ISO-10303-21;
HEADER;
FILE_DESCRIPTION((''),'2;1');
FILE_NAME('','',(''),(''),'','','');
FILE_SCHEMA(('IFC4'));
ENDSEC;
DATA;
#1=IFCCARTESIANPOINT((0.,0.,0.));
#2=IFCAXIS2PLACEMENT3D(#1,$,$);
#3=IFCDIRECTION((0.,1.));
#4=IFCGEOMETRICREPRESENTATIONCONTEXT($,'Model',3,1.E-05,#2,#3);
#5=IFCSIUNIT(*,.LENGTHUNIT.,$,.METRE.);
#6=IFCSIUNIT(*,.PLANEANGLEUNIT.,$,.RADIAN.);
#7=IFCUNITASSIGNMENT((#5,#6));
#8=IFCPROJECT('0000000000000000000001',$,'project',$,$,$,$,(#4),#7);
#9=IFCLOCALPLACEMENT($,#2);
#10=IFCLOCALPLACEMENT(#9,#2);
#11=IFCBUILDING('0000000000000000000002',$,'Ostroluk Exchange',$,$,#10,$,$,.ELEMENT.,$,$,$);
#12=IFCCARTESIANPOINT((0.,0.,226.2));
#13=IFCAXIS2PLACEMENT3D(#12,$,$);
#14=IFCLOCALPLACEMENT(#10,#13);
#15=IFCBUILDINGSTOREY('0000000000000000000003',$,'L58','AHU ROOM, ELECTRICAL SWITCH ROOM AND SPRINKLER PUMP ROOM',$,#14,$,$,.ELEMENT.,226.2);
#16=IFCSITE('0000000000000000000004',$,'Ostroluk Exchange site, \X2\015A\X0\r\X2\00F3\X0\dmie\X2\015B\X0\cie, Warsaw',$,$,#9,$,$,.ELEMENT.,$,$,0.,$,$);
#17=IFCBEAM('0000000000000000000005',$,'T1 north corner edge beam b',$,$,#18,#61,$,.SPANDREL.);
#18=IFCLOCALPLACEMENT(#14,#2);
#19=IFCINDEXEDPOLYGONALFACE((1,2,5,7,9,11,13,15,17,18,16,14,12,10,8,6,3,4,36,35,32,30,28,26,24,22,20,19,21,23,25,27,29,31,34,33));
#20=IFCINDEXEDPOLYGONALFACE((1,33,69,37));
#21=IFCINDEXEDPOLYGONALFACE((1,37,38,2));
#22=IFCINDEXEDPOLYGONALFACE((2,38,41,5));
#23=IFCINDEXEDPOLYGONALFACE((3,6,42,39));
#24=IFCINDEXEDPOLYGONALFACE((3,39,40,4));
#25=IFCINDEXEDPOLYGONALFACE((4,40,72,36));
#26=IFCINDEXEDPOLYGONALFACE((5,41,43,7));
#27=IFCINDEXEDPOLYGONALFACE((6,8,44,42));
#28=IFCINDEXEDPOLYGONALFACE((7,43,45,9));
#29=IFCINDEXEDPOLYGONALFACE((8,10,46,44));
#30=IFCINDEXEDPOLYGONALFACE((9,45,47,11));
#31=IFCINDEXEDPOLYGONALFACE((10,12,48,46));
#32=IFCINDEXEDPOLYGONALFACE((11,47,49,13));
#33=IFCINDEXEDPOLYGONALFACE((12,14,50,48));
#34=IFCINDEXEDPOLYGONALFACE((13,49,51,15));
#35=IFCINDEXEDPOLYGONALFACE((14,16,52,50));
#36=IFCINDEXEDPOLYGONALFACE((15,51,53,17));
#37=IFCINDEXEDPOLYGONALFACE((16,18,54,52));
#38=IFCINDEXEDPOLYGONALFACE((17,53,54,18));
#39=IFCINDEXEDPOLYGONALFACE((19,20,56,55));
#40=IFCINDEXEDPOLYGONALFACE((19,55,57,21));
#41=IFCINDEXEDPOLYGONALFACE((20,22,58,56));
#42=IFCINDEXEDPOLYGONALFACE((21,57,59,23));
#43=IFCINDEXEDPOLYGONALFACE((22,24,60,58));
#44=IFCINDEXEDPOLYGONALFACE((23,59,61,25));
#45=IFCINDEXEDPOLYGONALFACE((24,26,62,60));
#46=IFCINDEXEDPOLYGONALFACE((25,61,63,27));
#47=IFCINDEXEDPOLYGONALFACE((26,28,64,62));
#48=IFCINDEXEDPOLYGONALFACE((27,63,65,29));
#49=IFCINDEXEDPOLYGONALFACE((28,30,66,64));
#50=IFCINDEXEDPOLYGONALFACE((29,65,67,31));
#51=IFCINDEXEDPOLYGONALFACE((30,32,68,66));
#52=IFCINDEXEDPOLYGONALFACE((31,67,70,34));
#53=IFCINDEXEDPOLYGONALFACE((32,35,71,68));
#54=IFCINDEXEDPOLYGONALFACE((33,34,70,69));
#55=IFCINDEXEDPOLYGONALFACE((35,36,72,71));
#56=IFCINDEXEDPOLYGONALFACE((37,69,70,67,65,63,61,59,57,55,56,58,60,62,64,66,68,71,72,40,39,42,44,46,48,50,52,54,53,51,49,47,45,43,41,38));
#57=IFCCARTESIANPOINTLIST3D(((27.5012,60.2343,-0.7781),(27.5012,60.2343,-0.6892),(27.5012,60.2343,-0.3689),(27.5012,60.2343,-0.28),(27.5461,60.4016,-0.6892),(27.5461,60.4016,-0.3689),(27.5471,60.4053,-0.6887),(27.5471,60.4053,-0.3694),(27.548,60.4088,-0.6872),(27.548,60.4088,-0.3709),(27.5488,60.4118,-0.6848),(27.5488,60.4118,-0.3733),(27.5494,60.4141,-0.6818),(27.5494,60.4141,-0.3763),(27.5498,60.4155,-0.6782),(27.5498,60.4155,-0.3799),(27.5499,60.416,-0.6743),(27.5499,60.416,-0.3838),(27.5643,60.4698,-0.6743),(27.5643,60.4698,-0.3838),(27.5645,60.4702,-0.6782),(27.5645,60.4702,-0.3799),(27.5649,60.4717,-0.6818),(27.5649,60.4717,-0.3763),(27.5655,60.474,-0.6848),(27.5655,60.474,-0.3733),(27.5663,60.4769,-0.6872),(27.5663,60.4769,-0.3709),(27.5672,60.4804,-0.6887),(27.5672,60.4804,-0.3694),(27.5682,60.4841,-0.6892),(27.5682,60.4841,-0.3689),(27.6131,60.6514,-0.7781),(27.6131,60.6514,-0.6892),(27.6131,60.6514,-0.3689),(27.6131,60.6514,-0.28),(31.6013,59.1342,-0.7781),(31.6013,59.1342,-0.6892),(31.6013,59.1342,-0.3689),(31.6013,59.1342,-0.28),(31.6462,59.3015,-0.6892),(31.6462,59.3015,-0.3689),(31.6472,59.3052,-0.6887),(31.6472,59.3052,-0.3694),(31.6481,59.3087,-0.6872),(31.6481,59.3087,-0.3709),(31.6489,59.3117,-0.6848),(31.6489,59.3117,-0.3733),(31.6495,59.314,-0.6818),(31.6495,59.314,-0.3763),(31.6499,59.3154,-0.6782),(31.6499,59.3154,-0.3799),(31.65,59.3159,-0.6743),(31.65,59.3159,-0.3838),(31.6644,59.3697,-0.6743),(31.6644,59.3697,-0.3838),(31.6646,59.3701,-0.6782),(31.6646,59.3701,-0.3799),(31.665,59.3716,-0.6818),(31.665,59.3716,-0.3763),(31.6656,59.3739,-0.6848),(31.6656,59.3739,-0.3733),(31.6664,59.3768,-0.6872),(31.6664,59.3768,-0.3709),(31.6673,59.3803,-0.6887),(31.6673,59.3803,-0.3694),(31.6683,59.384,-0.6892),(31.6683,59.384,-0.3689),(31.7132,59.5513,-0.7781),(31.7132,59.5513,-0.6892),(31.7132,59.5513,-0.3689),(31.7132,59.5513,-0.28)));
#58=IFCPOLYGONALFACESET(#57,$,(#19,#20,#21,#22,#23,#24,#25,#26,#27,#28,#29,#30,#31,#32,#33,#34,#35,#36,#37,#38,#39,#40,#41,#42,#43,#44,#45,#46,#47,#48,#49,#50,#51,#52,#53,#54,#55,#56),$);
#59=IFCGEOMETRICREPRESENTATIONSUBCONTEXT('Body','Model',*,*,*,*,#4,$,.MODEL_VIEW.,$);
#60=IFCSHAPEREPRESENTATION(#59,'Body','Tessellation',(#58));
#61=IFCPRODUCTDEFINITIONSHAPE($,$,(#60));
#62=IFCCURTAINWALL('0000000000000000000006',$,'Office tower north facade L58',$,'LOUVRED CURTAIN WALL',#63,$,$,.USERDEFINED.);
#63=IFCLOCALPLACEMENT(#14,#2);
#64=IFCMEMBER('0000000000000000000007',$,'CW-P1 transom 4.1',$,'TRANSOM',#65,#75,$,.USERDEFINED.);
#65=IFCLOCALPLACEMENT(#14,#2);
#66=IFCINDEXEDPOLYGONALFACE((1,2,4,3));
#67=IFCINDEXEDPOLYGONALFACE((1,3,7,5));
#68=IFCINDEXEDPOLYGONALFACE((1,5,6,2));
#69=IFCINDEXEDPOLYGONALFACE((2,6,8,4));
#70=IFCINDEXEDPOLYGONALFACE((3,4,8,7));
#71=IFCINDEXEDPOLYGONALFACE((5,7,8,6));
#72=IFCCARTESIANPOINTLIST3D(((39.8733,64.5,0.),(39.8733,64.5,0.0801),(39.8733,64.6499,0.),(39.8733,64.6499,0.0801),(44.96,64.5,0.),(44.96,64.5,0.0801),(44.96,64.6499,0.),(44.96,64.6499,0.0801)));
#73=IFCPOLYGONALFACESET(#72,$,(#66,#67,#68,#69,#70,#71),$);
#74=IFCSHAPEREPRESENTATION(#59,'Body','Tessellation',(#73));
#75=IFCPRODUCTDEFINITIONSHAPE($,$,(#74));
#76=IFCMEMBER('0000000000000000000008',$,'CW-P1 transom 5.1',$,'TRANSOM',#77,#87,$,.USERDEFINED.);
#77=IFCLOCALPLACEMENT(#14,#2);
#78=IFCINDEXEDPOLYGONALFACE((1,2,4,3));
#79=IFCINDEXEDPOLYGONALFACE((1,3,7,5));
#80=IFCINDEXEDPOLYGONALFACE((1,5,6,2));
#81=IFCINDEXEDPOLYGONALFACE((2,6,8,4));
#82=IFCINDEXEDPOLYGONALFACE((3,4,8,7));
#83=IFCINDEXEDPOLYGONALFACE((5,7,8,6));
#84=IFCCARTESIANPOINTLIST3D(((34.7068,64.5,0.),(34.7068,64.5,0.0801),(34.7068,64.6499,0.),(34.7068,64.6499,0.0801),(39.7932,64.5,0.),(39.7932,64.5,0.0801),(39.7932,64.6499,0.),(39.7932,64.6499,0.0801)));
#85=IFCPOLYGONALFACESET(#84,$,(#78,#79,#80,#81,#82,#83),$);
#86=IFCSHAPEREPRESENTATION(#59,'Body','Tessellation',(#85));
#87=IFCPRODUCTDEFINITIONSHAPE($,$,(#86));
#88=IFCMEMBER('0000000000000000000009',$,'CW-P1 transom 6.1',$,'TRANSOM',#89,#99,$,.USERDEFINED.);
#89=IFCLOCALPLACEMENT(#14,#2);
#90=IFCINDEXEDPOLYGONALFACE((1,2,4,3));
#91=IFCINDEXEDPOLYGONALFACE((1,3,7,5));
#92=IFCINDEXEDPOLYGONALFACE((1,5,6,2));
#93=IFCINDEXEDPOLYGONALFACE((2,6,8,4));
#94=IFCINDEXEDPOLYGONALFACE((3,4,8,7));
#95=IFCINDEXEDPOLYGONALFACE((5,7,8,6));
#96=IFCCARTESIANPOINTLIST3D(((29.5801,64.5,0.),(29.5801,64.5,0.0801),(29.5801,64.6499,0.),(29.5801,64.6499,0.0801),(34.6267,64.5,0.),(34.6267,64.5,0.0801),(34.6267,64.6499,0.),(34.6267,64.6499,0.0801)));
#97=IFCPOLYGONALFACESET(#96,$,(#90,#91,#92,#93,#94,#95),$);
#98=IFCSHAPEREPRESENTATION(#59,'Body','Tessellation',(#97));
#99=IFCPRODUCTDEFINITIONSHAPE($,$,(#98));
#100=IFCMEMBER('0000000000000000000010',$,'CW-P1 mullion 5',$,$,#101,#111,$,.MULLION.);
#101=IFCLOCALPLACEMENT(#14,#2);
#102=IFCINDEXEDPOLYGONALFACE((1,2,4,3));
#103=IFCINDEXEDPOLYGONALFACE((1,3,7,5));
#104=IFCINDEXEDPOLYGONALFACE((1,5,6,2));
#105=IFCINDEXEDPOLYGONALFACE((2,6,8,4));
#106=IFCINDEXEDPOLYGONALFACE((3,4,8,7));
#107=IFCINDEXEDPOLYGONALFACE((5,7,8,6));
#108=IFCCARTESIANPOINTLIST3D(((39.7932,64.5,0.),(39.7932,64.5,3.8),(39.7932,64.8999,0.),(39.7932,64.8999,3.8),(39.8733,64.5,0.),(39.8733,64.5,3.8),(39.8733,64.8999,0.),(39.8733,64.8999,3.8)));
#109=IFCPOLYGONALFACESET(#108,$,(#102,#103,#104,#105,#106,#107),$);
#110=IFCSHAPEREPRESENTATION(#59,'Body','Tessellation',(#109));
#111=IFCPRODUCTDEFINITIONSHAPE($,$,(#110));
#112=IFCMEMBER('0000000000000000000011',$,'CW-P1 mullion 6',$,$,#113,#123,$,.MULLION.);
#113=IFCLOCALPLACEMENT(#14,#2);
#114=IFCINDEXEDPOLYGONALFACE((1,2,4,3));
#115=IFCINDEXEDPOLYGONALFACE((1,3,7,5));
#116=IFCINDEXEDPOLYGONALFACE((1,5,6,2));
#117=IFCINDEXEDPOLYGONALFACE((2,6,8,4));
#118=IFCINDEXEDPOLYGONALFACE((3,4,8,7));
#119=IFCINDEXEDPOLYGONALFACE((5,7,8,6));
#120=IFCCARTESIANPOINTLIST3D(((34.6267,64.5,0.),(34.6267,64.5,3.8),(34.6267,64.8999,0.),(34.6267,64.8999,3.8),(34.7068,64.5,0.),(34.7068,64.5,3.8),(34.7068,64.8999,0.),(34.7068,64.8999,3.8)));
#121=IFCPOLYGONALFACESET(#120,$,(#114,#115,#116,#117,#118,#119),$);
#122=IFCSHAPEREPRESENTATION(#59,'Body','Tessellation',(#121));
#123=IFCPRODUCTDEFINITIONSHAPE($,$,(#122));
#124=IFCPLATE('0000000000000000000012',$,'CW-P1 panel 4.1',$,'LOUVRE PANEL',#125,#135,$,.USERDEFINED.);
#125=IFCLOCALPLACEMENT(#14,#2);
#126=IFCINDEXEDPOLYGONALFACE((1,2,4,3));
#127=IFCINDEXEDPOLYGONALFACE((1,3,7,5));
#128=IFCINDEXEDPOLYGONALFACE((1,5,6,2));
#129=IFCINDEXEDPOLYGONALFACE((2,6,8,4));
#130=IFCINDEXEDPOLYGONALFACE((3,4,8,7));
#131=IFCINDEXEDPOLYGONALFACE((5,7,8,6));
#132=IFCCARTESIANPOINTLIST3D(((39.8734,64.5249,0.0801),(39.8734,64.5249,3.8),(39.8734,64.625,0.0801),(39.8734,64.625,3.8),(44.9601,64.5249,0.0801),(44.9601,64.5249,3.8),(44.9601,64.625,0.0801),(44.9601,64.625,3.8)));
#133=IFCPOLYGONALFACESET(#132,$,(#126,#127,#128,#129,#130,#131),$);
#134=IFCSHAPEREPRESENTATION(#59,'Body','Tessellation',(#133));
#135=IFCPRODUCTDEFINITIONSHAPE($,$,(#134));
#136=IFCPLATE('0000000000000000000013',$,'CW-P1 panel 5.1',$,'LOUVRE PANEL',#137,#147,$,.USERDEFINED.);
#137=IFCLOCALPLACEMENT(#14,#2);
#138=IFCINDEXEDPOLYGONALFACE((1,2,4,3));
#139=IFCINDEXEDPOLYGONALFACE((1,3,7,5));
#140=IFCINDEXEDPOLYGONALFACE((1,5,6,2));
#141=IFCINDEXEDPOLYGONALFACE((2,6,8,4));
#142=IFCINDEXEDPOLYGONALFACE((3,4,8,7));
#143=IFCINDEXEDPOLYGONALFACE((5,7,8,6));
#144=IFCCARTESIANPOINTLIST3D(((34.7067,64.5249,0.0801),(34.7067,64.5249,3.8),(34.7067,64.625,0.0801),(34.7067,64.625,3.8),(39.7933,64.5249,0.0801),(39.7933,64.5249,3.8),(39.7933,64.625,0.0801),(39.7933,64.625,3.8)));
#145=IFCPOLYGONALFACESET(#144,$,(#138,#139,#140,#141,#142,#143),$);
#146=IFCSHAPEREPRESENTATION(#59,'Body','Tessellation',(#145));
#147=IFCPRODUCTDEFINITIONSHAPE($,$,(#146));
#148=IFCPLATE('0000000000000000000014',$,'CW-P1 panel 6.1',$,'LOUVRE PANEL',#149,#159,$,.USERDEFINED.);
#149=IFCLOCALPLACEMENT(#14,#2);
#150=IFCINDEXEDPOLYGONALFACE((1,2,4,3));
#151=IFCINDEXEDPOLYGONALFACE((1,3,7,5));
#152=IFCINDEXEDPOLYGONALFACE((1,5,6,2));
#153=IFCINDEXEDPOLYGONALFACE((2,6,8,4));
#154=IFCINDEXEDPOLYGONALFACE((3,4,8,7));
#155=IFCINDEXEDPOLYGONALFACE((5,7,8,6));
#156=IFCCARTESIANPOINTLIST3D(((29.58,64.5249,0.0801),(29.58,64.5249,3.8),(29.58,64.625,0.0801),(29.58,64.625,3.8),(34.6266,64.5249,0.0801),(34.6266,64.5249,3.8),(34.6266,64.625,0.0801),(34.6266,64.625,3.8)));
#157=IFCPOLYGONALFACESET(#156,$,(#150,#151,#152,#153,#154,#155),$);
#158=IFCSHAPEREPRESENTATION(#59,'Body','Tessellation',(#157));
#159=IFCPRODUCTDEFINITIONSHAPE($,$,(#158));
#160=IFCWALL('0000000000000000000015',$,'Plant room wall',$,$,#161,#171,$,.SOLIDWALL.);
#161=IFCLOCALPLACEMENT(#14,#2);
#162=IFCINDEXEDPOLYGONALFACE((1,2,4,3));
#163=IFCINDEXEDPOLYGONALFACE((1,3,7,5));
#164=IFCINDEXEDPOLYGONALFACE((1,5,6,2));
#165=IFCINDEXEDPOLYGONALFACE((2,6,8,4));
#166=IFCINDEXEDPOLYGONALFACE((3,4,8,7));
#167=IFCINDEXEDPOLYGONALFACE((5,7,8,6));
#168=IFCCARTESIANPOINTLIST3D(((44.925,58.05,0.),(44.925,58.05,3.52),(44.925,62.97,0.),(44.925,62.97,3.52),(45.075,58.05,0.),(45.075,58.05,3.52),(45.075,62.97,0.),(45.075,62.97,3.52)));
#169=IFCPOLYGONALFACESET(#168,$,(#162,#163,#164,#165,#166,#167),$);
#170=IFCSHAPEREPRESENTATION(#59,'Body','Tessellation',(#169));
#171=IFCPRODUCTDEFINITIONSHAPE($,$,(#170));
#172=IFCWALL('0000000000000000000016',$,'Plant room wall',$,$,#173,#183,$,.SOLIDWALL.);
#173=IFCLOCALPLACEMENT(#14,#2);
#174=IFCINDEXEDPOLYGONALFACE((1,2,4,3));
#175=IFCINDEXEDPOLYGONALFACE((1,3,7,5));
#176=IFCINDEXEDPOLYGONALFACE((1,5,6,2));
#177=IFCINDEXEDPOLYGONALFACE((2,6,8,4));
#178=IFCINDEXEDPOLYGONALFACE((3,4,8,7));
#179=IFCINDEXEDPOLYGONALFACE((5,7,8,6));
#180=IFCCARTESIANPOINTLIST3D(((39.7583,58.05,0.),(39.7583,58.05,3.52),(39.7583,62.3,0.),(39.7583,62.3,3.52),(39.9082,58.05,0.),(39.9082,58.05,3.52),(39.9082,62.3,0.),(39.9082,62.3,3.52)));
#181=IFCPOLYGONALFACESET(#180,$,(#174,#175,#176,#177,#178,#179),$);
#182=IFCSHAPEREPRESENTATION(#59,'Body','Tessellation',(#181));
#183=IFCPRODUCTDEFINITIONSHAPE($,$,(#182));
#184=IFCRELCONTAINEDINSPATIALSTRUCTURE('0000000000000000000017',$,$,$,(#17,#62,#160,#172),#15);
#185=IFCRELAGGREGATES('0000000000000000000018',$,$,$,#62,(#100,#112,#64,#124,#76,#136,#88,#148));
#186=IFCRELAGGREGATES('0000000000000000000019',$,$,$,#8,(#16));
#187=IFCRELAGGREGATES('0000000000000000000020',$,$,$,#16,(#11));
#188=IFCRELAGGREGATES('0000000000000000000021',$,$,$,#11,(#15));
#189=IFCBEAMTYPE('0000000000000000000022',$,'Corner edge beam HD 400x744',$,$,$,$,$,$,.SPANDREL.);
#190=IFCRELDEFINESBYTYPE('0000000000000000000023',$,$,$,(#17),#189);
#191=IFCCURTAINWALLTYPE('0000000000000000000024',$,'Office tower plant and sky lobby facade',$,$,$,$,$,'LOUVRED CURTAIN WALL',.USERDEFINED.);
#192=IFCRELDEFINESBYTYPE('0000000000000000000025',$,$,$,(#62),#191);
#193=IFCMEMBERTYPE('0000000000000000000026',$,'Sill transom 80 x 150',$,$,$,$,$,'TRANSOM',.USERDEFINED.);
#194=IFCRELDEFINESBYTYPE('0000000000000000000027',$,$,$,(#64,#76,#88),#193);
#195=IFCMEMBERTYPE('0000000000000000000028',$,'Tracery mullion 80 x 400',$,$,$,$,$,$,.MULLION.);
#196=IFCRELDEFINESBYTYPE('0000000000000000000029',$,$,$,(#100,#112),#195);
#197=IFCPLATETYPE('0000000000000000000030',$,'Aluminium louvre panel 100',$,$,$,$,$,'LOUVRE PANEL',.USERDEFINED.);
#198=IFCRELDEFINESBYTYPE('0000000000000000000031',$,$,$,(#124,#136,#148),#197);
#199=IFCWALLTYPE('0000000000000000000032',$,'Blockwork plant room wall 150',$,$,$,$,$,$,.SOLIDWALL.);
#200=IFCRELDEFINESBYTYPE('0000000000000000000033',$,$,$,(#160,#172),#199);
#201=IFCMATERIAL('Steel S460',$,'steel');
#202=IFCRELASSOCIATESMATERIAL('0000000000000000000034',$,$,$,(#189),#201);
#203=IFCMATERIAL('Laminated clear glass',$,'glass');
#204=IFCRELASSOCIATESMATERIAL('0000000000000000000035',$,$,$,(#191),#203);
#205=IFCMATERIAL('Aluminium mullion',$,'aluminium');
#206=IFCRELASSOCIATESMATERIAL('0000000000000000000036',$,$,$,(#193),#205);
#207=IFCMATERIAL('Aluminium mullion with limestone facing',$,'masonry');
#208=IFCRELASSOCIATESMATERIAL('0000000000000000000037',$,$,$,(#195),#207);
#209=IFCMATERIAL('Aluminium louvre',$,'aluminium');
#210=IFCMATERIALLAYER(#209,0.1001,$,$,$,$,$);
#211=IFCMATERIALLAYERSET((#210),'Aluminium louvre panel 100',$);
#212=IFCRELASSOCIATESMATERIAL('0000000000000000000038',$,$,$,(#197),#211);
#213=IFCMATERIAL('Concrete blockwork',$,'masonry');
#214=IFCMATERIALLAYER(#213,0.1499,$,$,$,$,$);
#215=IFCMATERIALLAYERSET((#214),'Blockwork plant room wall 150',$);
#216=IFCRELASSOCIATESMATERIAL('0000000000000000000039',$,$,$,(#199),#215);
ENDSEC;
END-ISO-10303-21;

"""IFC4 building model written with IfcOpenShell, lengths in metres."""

from ifc_helpers import new_model, si_unit, direction, frame, frame_2d, origin, origin_2d, place, context, subcontext, project, spatial, rectangle, i_section, extrude, material, layer, layer_set, material_profile, profile_set, type_object, element, aggregate, save


model = new_model("IFC4")

# Units and contexts
model_context = context("Model", 3, precision=1e-05, world=origin(), true_north=direction((0.0, 1.0)))
body_context = subcontext(model_context, "Body", "Model", "MODEL_VIEW")
ifc_project = project(units=[si_unit("LENGTHUNIT", "METRE"), si_unit("PLANEANGLEUNIT", "RADIAN")], contexts=[model_context])

# Site, building, storey
site_placement = place(None, origin())
site = spatial("IfcSite", under=ifc_project, at=site_placement, Name="Ostroluk Exchange site, Śródmieście, Warsaw", CompositionType="ELEMENT", RefElevation=0.0)
building_placement = place(site_placement, origin())
building = spatial("IfcBuilding", under=site, at=building_placement, Name="Ostroluk Exchange", CompositionType="ELEMENT")
storey_placement = place(building_placement, frame((0.0, 0.0, 226.2)))
storey = spatial("IfcBuildingStorey", under=building, at=storey_placement, Name="L58", Description="AHU ROOM, ELECTRICAL SWITCH ROOM AND SPRINKLER PUMP ROOM", CompositionType="ELEMENT", Elevation=226.2)

# Beam
ifc_material_1 = material(Name="Steel S460", Category="steel")
ifc_material_profile_1 = material_profile(ifc_material_1, i_section(OverallWidth=0.4319, OverallDepth=0.498, WebThickness=0.0557, FlangeThickness=0.0889, FilletRadius=0.0149, at=origin_2d()), Name="HD 400x744")
ifc_profile_set_1 = profile_set([ifc_material_profile_1], Name="Steel S460")
beam_type_1 = type_object("IfcBeamType", Name="Corner edge beam HD 400x744", PredefinedType="SPANDREL", material=ifc_profile_set_1)
for number, where, z_axis, x_axis, name in (
    (1, (31.6572, 59.3428, -0.5291), (-0.965839, 0.259144, 0.0), (-0.259144, -0.965839, 0.0), "T1 north corner edge beam b"),
):
    element("IfcBeam", number, at=place(storey_placement, frame(where, z_axis=z_axis, x_axis=x_axis)), inside=storey, type_object=beam_type_1, Name=name, PredefinedType="SPANDREL", context=body_context, shape_type="SweptSolid", body=[
        extrude(i_section(OverallWidth=0.4319, OverallDepth=0.498, WebThickness=0.0557, FlangeThickness=0.0889, FilletRadius=0.0149, at=origin_2d()), origin(), (0.0, 0.0, 1.0), 4.2451),
    ])

# Curtain wall, members, plates
ifc_material_2 = material(Name="Laminated clear glass", Category="glass")
curtain_wall_type = type_object("IfcCurtainWallType", Name="Office tower plant and sky lobby facade", ElementType="LOUVRED CURTAIN WALL", PredefinedType="USERDEFINED", material=ifc_material_2)
curtain_wall_placement = place(storey_placement, origin())
curtain_wall = element("IfcCurtainWall", 2, at=curtain_wall_placement, inside=storey, type_object=curtain_wall_type, Name="Office tower north facade L58", ObjectType="LOUVRED CURTAIN WALL", PredefinedType="USERDEFINED")
ifc_material_3 = material(Name="Aluminium mullion", Category="aluminium")
ifc_material_profile_2 = material_profile(ifc_material_3, rectangle(XDim=0.1499, YDim=0.0801, at=origin_2d()), Name="Sill transom 80 x 150")
ifc_profile_set_2 = profile_set([ifc_material_profile_2], Name="Aluminium mullion")
member_type_1 = type_object("IfcMemberType", Name="Sill transom 80 x 150", ElementType="TRANSOM", PredefinedType="USERDEFINED", material=ifc_profile_set_2)
member_1_placement = place(storey_placement, frame((44.96, 64.575, 0.04), z_axis=(-1.0, 0.0, 0.0), x_axis=(0.0, -1.0, 0.0)))
member_1 = element("IfcMember", 3, at=member_1_placement, type_object=member_type_1, Name="CW-P1 transom 4.1", ObjectType="TRANSOM", PredefinedType="USERDEFINED", context=body_context, shape_type="SweptSolid", body=[
    extrude(rectangle(XDim=0.1499, YDim=0.0801, at=origin_2d()), origin(), (0.0, 0.0, 1.0), 5.0867),
])
member_2_placement = place(storey_placement, frame((39.7932, 64.575, 0.04), z_axis=(-1.0, 0.0, 0.0), x_axis=(0.0, -1.0, 0.0)))
member_2 = element("IfcMember", 4, at=member_2_placement, type_object=member_type_1, Name="CW-P1 transom 5.1", ObjectType="TRANSOM", PredefinedType="USERDEFINED", context=body_context, shape_type="SweptSolid", body=[
    extrude(rectangle(XDim=0.1499, YDim=0.0801, at=origin_2d()), origin(), (0.0, 0.0, 1.0), 5.0864),
])
member_3_placement = place(storey_placement, frame((34.6267, 64.575, 0.04), z_axis=(-1.0, 0.0, 0.0), x_axis=(0.0, -1.0, 0.0)))
member_3 = element("IfcMember", 5, at=member_3_placement, type_object=member_type_1, Name="CW-P1 transom 6.1", ObjectType="TRANSOM", PredefinedType="USERDEFINED", context=body_context, shape_type="SweptSolid", body=[
    extrude(rectangle(XDim=0.1499, YDim=0.0801, at=origin_2d()), origin(), (0.0, 0.0, 1.0), 5.0466),
])
ifc_material_4 = material(Name="Aluminium mullion with limestone facing", Category="masonry")
ifc_material_profile_3 = material_profile(ifc_material_4, rectangle(XDim=0.3999, YDim=0.0801, at=origin_2d()), Name="Tracery mullion 80 x 400")
ifc_profile_set_3 = profile_set([ifc_material_profile_3], Name="Aluminium mullion with limestone facing")
member_type_2 = type_object("IfcMemberType", Name="Tracery mullion 80 x 400", PredefinedType="MULLION", material=ifc_profile_set_3)
member_4_placement = place(storey_placement, frame((39.8333, 64.7, 0.0), z_axis=(0.0, 0.0, 1.0), x_axis=(0.0, -1.0, 0.0)))
member_4 = element("IfcMember", 6, at=member_4_placement, type_object=member_type_2, Name="CW-P1 mullion 5", PredefinedType="MULLION", context=body_context, shape_type="SweptSolid", body=[
    extrude(rectangle(XDim=0.3999, YDim=0.0801, at=origin_2d()), origin(), (0.0, 0.0, 1.0), 3.8),
])
member_5_placement = place(storey_placement, frame((34.6667, 64.7, 0.0), z_axis=(0.0, 0.0, 1.0), x_axis=(0.0, -1.0, 0.0)))
member_5 = element("IfcMember", 7, at=member_5_placement, type_object=member_type_2, Name="CW-P1 mullion 6", PredefinedType="MULLION", context=body_context, shape_type="SweptSolid", body=[
    extrude(rectangle(XDim=0.3999, YDim=0.0801, at=origin_2d()), origin(), (0.0, 0.0, 1.0), 3.8),
])
ifc_material_5 = material(Name="Aluminium louvre", Category="aluminium")
ifc_layer_1 = layer(ifc_material_5, 0.1001)
ifc_layer_set_1 = layer_set([ifc_layer_1], Name="Aluminium louvre panel 100")
plate_type = type_object("IfcPlateType", Name="Aluminium louvre panel 100", ElementType="LOUVRE PANEL", PredefinedType="USERDEFINED", material=ifc_layer_set_1)
plate_1_placement = place(storey_placement, frame((42.4167, 64.575, 0.0801), z_axis=(0.0, 0.0, 1.0), x_axis=(-1.0, 0.0, 0.0)))
plate_1 = element("IfcPlate", 8, at=plate_1_placement, type_object=plate_type, Name="CW-P1 panel 4.1", ObjectType="LOUVRE PANEL", PredefinedType="USERDEFINED", context=body_context, shape_type="SweptSolid", body=[
    extrude(rectangle(XDim=5.0867, YDim=0.1001, at=origin_2d()), origin(), (0.0, 0.0, 1.0), 3.72),
])
plate_2_placement = place(storey_placement, frame((37.25, 64.575, 0.0801), z_axis=(0.0, 0.0, 1.0), x_axis=(-1.0, 0.0, 0.0)))
plate_2 = element("IfcPlate", 9, at=plate_2_placement, type_object=plate_type, Name="CW-P1 panel 5.1", ObjectType="LOUVRE PANEL", PredefinedType="USERDEFINED", context=body_context, shape_type="SweptSolid", body=[
    extrude(rectangle(XDim=5.0867, YDim=0.1001, at=origin_2d()), origin(), (0.0, 0.0, 1.0), 3.72),
])
plate_3_placement = place(storey_placement, frame((32.1033, 64.575, 0.0801), z_axis=(0.0, 0.0, 1.0), x_axis=(-1.0, 0.0, 0.0)))
plate_3 = element("IfcPlate", 10, at=plate_3_placement, type_object=plate_type, Name="CW-P1 panel 6.1", ObjectType="LOUVRE PANEL", PredefinedType="USERDEFINED", context=body_context, shape_type="SweptSolid", body=[
    extrude(rectangle(XDim=5.0466, YDim=0.1001, at=origin_2d()), origin(), (0.0, 0.0, 1.0), 3.72),
])
aggregate(curtain_wall, [member_4, member_5, member_1, plate_1, member_2, plate_2, member_3, plate_3])

# Walls
ifc_material_6 = material(Name="Concrete blockwork", Category="masonry")
ifc_layer_2 = layer(ifc_material_6, 0.1499)
ifc_layer_set_2 = layer_set([ifc_layer_2], Name="Blockwork plant room wall 150")
wall_type_1 = type_object("IfcWallType", Name="Blockwork plant room wall 150", PredefinedType="SOLIDWALL", material=ifc_layer_set_2)
wall_1_placement = place(storey_placement, frame((45.0, 58.05, 0.0), z_axis=(0.0, 0.0, 1.0), x_axis=(0.0, 1.0, 0.0)))
element("IfcWall", 11, at=wall_1_placement, inside=storey, type_object=wall_type_1, Name="Plant room wall", PredefinedType="SOLIDWALL", context=body_context, shape_type="SweptSolid", body=[
    extrude(rectangle(XDim=4.9199, YDim=0.1499, at=frame_2d((2.46, 0.0))), origin(), (0.0, 0.0, 1.0), 3.52),
])
wall_2_placement = place(storey_placement, frame((39.8333, 58.05, 0.0), z_axis=(0.0, 0.0, 1.0), x_axis=(0.0, 1.0, 0.0)))
element("IfcWall", 12, at=wall_2_placement, inside=storey, type_object=wall_type_1, Name="Plant room wall", PredefinedType="SOLIDWALL", context=body_context, shape_type="SweptSolid", body=[
    extrude(rectangle(XDim=4.25, YDim=0.1499, at=frame_2d((2.125, 0.0))), origin(), (0.0, 0.0, 1.0), 3.52),
])

save(model, "model.ifc")
